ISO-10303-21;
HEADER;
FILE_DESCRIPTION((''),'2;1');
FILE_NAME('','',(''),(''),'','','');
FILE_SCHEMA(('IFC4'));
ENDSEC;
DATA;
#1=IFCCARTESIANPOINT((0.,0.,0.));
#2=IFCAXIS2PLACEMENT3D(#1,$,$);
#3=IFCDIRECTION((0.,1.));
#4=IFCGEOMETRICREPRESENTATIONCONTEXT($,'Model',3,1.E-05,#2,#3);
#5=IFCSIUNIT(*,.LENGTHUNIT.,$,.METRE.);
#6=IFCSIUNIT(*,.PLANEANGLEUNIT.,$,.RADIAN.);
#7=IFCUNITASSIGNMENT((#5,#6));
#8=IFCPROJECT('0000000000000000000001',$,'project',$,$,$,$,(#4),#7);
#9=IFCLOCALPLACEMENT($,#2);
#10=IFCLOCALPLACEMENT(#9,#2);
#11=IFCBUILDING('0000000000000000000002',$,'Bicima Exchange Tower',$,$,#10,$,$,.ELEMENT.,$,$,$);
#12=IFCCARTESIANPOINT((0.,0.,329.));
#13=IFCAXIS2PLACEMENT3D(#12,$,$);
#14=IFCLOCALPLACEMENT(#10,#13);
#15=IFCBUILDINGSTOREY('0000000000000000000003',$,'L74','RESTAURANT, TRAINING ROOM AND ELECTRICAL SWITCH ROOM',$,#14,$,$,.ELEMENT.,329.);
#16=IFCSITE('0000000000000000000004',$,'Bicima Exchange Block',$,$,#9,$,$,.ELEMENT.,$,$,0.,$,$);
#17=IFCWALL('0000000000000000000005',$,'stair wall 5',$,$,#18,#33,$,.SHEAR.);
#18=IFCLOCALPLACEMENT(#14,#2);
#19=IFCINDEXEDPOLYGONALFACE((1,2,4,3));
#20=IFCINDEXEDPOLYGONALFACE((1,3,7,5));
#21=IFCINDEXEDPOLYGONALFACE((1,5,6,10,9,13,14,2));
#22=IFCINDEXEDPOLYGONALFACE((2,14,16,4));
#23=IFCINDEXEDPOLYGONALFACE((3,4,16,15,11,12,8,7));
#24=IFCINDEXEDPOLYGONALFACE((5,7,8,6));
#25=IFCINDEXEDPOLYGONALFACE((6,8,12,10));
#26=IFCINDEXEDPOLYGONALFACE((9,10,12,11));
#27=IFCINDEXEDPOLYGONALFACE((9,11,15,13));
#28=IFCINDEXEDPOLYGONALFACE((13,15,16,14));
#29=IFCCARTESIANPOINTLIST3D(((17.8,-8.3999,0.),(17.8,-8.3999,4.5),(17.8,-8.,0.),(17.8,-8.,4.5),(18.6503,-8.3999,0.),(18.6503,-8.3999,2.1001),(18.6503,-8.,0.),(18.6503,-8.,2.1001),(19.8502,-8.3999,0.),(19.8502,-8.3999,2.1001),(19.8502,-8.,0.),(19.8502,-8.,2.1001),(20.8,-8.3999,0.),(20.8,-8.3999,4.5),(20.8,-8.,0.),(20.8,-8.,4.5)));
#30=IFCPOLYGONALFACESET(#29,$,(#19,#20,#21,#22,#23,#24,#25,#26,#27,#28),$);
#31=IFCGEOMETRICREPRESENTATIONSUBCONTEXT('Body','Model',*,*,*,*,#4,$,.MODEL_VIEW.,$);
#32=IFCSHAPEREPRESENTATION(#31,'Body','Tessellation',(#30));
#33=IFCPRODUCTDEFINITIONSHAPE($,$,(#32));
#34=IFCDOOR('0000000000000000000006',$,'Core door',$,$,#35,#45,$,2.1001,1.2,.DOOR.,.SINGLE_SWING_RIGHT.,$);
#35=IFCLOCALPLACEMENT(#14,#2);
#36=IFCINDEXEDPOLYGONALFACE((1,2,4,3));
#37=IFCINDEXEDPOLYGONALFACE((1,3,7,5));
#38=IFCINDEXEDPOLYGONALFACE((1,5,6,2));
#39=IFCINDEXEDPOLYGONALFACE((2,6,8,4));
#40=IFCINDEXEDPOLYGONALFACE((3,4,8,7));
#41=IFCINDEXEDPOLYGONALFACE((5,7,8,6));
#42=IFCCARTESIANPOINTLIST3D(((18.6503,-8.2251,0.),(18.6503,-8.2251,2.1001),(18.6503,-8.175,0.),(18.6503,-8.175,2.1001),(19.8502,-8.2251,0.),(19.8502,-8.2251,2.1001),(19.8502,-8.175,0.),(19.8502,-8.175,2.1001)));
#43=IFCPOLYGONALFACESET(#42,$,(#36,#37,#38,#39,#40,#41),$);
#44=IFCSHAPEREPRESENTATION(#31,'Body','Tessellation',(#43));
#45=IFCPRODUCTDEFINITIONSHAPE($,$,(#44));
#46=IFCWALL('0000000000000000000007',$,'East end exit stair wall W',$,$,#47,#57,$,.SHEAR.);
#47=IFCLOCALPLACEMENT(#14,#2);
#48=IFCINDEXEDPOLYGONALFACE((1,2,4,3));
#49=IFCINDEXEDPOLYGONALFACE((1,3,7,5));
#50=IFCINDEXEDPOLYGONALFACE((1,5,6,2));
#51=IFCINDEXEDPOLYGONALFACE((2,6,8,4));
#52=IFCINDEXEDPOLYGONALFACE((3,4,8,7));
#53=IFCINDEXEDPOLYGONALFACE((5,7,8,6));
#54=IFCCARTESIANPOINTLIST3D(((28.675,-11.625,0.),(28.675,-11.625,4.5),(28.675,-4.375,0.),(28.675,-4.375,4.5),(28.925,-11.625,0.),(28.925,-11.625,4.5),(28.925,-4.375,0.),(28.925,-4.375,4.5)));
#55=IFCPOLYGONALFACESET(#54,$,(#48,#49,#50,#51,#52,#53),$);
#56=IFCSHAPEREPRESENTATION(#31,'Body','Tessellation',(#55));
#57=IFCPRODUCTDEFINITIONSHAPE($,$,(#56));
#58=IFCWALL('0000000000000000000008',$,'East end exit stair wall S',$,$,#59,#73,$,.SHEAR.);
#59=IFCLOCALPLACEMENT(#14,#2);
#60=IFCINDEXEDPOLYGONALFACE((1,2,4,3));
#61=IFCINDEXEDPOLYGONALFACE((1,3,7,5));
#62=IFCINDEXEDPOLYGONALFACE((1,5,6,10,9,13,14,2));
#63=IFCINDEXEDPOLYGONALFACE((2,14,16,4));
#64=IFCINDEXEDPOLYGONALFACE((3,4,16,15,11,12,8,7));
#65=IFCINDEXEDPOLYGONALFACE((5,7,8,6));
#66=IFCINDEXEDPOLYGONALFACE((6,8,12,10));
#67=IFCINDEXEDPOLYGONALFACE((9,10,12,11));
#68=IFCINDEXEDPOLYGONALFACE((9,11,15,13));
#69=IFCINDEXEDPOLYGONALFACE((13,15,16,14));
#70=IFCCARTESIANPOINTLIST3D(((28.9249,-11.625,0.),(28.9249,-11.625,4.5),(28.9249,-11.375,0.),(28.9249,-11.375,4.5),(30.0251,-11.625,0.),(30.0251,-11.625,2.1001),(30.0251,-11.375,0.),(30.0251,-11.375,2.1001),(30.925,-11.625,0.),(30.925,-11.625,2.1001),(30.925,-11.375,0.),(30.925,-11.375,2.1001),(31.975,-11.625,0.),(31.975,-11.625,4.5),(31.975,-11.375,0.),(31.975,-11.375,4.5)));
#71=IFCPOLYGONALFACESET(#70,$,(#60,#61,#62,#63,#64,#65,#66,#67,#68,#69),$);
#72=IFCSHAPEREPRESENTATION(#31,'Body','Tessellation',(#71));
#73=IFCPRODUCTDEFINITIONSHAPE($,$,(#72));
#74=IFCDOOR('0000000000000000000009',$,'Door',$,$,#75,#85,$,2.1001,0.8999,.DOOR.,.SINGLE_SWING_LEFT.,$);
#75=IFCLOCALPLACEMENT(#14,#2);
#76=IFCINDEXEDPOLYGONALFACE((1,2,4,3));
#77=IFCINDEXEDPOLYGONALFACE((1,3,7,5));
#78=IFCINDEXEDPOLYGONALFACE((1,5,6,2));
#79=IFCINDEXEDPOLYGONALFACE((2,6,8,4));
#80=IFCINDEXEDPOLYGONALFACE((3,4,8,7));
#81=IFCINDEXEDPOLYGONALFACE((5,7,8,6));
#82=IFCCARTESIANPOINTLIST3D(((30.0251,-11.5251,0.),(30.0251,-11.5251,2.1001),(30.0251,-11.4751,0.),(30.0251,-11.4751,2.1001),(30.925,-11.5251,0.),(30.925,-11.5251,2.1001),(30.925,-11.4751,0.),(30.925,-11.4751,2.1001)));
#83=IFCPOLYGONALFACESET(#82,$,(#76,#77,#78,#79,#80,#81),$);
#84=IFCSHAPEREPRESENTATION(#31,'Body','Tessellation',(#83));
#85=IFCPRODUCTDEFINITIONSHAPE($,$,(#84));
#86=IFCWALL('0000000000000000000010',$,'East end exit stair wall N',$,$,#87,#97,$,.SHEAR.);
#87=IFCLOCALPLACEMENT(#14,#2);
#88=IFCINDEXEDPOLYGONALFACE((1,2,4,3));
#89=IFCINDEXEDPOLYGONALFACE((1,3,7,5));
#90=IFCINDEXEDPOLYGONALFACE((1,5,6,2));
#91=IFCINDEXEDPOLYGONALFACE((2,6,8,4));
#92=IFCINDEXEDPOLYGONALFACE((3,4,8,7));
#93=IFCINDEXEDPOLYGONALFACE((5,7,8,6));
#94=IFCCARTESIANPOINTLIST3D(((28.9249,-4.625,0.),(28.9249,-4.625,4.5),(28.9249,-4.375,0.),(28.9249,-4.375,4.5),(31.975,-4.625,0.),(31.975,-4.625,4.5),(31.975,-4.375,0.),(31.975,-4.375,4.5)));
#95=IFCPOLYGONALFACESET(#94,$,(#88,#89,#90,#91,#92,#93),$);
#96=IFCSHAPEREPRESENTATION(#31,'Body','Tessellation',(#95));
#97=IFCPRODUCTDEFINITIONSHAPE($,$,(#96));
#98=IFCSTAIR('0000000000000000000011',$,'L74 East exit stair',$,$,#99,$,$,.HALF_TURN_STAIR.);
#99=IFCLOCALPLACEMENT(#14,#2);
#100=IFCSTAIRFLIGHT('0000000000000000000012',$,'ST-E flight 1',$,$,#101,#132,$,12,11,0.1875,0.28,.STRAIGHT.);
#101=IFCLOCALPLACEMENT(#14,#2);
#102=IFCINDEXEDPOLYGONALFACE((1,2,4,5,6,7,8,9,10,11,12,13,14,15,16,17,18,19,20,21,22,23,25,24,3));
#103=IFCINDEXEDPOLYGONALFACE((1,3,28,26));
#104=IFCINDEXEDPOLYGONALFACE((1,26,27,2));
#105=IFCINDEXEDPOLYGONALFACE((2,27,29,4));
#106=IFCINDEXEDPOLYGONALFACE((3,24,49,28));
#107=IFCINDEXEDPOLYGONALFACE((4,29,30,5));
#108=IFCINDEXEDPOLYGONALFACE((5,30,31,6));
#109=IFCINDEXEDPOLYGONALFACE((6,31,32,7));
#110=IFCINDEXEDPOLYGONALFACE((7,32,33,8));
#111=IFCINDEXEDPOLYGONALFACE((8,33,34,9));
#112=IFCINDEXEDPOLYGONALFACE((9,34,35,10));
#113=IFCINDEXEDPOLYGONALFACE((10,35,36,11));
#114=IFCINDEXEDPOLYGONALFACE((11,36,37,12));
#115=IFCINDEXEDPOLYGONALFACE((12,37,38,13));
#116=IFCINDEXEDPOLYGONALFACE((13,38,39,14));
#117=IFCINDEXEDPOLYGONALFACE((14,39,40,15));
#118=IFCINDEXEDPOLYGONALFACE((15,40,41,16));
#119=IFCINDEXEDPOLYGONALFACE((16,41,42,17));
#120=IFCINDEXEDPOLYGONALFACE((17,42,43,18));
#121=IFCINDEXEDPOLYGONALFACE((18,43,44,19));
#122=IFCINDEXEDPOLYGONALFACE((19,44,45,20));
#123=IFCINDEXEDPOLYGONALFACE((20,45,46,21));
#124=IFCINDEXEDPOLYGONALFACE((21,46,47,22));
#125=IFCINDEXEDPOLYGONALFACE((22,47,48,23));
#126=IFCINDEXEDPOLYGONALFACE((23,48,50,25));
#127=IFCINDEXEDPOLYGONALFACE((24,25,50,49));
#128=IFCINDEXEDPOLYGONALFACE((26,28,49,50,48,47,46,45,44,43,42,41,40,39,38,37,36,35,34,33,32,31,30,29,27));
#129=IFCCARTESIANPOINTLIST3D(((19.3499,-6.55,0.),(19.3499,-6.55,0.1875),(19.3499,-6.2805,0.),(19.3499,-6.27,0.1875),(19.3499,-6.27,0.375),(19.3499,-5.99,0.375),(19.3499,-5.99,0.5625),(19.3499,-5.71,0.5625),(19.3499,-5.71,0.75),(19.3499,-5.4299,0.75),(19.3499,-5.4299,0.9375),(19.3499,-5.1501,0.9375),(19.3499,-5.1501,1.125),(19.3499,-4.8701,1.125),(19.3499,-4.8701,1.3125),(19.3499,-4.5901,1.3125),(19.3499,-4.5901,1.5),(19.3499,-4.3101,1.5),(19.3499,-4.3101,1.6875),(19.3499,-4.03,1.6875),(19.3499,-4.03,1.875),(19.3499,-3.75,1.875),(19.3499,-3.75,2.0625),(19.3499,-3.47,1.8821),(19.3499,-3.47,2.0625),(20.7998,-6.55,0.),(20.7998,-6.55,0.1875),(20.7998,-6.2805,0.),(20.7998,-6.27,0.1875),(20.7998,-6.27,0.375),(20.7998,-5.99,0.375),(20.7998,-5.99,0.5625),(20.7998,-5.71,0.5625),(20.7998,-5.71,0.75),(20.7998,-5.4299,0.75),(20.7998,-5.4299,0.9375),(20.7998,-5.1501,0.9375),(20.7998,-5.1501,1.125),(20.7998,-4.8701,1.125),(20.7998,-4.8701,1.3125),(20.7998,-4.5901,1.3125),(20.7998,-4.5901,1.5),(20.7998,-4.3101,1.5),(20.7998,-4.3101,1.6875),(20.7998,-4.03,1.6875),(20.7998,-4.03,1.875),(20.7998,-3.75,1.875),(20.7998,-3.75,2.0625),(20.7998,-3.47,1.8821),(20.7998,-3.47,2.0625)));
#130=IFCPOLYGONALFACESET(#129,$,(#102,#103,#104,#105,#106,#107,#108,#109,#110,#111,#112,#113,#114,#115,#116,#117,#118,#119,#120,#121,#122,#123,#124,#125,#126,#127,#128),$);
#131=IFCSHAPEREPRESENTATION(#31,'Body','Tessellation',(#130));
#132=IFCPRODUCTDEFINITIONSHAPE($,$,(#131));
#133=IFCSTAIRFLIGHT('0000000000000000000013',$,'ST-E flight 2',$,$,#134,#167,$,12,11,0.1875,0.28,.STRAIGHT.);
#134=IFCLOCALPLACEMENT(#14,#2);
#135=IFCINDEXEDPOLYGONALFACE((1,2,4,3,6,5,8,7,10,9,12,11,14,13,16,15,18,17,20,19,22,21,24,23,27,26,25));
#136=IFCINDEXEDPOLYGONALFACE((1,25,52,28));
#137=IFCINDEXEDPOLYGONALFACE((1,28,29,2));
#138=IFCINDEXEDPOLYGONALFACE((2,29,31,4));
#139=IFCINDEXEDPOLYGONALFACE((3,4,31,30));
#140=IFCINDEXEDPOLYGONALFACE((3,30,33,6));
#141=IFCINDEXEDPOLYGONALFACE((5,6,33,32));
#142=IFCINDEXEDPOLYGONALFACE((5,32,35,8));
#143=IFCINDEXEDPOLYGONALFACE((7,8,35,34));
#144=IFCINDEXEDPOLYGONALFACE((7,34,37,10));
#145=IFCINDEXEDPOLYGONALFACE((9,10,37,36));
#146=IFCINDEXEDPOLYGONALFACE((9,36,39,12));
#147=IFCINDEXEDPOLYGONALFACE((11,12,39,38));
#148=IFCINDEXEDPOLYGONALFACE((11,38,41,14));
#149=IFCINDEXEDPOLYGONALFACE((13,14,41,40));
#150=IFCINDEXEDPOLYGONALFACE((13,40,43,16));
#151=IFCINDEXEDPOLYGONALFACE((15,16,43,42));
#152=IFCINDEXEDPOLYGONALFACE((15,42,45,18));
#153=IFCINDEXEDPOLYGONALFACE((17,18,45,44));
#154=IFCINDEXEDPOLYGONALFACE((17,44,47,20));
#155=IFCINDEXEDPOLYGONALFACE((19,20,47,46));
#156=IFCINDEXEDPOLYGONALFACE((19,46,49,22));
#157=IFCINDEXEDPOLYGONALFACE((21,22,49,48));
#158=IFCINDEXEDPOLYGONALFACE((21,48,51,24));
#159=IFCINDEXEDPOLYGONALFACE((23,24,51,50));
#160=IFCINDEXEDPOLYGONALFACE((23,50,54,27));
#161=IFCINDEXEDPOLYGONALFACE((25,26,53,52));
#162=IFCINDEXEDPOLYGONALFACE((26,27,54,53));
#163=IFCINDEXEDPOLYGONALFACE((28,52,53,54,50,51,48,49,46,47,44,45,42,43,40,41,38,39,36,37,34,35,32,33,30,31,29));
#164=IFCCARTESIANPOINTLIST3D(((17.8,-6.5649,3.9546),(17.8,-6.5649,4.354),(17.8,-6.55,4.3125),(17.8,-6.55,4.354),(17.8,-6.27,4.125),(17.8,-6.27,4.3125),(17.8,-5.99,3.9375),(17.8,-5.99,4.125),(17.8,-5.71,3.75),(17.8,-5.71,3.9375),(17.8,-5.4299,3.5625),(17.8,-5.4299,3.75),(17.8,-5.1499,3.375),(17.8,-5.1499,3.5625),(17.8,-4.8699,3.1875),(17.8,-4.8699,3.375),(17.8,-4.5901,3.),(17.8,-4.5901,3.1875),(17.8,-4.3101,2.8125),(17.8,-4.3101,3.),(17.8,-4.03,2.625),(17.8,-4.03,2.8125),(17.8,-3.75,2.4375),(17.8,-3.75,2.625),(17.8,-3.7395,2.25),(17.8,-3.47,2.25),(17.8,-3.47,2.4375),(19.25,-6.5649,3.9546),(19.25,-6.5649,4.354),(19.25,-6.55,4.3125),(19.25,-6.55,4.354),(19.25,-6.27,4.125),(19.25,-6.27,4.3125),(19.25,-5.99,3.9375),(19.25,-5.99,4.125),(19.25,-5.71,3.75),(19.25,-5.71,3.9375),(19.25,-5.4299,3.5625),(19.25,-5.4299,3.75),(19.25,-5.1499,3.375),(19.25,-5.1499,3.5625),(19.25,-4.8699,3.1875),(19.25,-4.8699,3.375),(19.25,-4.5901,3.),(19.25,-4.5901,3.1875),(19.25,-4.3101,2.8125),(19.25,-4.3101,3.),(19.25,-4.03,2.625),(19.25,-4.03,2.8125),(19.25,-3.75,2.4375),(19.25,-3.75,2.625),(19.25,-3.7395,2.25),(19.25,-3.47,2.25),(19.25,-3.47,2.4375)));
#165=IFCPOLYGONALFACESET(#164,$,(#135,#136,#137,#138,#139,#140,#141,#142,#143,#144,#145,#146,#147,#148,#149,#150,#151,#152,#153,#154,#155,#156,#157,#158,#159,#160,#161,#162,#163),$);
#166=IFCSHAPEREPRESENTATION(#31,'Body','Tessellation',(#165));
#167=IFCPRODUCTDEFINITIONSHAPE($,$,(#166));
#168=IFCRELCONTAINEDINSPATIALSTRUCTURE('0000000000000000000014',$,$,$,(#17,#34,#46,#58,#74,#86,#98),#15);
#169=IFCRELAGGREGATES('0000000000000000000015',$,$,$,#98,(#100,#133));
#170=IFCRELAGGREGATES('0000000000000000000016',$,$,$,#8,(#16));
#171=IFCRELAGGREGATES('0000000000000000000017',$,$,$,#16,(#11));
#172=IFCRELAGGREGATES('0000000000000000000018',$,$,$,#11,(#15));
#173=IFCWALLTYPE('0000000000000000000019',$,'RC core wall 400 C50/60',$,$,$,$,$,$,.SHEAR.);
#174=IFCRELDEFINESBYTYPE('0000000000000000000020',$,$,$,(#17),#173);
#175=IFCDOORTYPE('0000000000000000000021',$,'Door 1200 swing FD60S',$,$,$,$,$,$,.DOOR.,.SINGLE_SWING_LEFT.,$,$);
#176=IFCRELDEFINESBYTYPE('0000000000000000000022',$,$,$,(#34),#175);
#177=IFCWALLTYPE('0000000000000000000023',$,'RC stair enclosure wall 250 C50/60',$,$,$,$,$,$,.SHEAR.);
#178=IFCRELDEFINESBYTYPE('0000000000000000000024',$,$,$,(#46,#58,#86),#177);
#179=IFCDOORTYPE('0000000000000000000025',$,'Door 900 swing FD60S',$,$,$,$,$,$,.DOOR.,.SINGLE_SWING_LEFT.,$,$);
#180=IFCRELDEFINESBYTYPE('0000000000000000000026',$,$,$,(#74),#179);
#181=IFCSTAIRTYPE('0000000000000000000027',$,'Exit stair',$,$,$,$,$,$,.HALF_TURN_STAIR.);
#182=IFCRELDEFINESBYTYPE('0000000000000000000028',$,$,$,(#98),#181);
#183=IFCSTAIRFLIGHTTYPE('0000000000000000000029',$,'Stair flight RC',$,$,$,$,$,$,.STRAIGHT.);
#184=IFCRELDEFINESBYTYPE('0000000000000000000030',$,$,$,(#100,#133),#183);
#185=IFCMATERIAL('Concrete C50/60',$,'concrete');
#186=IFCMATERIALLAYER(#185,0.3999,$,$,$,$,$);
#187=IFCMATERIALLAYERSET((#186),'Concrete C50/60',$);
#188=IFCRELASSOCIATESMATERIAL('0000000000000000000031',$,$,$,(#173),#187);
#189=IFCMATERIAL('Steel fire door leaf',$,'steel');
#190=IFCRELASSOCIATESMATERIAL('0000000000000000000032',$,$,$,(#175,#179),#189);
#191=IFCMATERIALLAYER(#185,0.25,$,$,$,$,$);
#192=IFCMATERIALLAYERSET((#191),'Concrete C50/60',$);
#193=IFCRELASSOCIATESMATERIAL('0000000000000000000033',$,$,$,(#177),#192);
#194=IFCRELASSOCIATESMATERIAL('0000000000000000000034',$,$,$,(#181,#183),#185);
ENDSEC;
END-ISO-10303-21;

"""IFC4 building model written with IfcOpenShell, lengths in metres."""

from ifc_helpers import new_model, si_unit, direction, frame, frame_2d, origin, place, context, subcontext, project, spatial, polyline, rectangle, outline, extrude, material, layer, layer_set, type_object, element, fill, aggregate, save


model = new_model("IFC4")

# Units and contexts
model_context = context("Model", 3, precision=1e-05, world=origin(), true_north=direction((0.0, 1.0)))
body_context = subcontext(model_context, "Body", "Model", "MODEL_VIEW")
ifc_project = project(units=[si_unit("LENGTHUNIT", "METRE"), si_unit("PLANEANGLEUNIT", "RADIAN")], contexts=[model_context])

# Site, building, storey
site_placement = place(None, origin())
site = spatial("IfcSite", under=ifc_project, at=site_placement, Name="Bicima Exchange Block", CompositionType="ELEMENT", RefElevation=0.0)
building_placement = place(site_placement, origin())
building = spatial("IfcBuilding", under=site, at=building_placement, Name="Bicima Exchange Tower", CompositionType="ELEMENT")
storey_placement = place(building_placement, frame((0.0, 0.0, 329.0)))
storey = spatial("IfcBuildingStorey", under=building, at=storey_placement, Name="L74", Description="RESTAURANT, TRAINING ROOM AND ELECTRICAL SWITCH ROOM", CompositionType="ELEMENT", Elevation=329.0)

# Wall, opening, door
ifc_material_1 = material(Name="Concrete C50/60", Category="concrete")
ifc_layer_1 = layer(ifc_material_1, 0.3999)
ifc_layer_set_1 = layer_set([ifc_layer_1], Name="Concrete C50/60")
wall_type_1 = type_object("IfcWallType", Name="RC core wall 400 C50/60", PredefinedType="SHEAR", material=ifc_layer_set_1)
wall_1_placement = place(storey_placement, frame((17.8, -8.2, 0.0), z_axis=(0.0, 0.0, 1.0), x_axis=(1.0, 0.0, 0.0)))
wall_1 = element("IfcWall", 1, at=wall_1_placement, inside=storey, type_object=wall_type_1, Name="stair wall 5", PredefinedType="SHEAR", context=body_context, shape_type="SweptSolid", body=[
    extrude(rectangle(XDim=3.0, YDim=0.3999, at=frame_2d((1.5, 0.0))), origin(), (0.0, 0.0, 1.0), 4.5),
])
opening_1_placement = place(wall_1_placement, frame((0.8501, 0.0, 0.0)))
opening_1 = element("IfcOpeningElement", 2, at=opening_1_placement, cuts=wall_1, PredefinedType="OPENING", context=body_context, shape_type="SweptSolid", body=[
    extrude(rectangle(XDim=1.2, YDim=2.1001, at=frame_2d((0.6001, 1.05))), frame((0.0, 0.2119, 0.0), z_axis=(0.0, -1.0, 0.0), x_axis=(1.0, 0.0, 0.0)), (0.0, 0.0, 1.0), 0.4238),
])
ifc_material_2 = material(Name="Steel fire door leaf", Category="steel")
door_type_1 = type_object("IfcDoorType", Name="Door 1200 swing FD60S", OperationType="SINGLE_SWING_LEFT", PredefinedType="DOOR", material=ifc_material_2)
door_1_placement = place(opening_1_placement, origin())
door_1 = element("IfcDoor", 3, at=door_1_placement, inside=storey, type_object=door_type_1, Name="Core door", OperationType="SINGLE_SWING_RIGHT", OverallHeight=2.1001, OverallWidth=1.2, PredefinedType="DOOR", context=body_context, shape_type="SweptSolid", body=[
    extrude(rectangle(XDim=1.2, YDim=2.1001, at=frame_2d((0.6001, 1.05))), frame((0.0, 0.0249, 0.0), z_axis=(0.0, -1.0, 0.0), x_axis=(1.0, 0.0, 0.0)), (0.0, 0.0, 1.0), 0.05),
])
fill(opening_1, door_1)

# Wall
ifc_layer_2 = layer(ifc_material_1, 0.25)
ifc_layer_set_2 = layer_set([ifc_layer_2], Name="Concrete C50/60")
wall_type_2 = type_object("IfcWallType", Name="RC stair enclosure wall 250 C50/60", PredefinedType="SHEAR", material=ifc_layer_set_2)
wall_2_placement = place(storey_placement, frame((28.8, -11.625, 0.0), z_axis=(0.0, 0.0, 1.0), x_axis=(0.0, 1.0, 0.0)))
element("IfcWall", 4, at=wall_2_placement, inside=storey, type_object=wall_type_2, Name="East end exit stair wall W", PredefinedType="SHEAR", context=body_context, shape_type="SweptSolid", body=[
    extrude(rectangle(XDim=7.25, YDim=0.25, at=frame_2d((3.625, 0.0))), origin(), (0.0, 0.0, 1.0), 4.5),
])

# Wall, opening, door
wall_3_placement = place(storey_placement, frame((28.925, -11.5, 0.0), z_axis=(0.0, 0.0, 1.0), x_axis=(1.0, 0.0, 0.0)))
wall_3 = element("IfcWall", 5, at=wall_3_placement, inside=storey, type_object=wall_type_2, Name="East end exit stair wall S", PredefinedType="SHEAR", context=body_context, shape_type="SweptSolid", body=[
    extrude(rectangle(XDim=3.05, YDim=0.25, at=frame_2d((1.5249, 0.0))), origin(), (0.0, 0.0, 1.0), 4.5),
])
opening_2_placement = place(wall_3_placement, frame((1.1001, 0.0, 0.0)))
opening_2 = element("IfcOpeningElement", 6, at=opening_2_placement, cuts=wall_3, PredefinedType="OPENING", context=body_context, shape_type="SweptSolid", body=[
    extrude(rectangle(XDim=0.8999, YDim=2.1001, at=frame_2d((0.45, 1.05))), frame((0.0, 0.137, 0.0), z_axis=(0.0, -1.0, 0.0), x_axis=(1.0, 0.0, 0.0)), (0.0, 0.0, 1.0), 0.2739),
])
door_type_2 = type_object("IfcDoorType", Name="Door 900 swing FD60S", OperationType="SINGLE_SWING_LEFT", PredefinedType="DOOR", material=ifc_material_2)
door_2_placement = place(opening_2_placement, origin())
door_2 = element("IfcDoor", 7, at=door_2_placement, inside=storey, type_object=door_type_2, Name="Door", OperationType="SINGLE_SWING_LEFT", OverallHeight=2.1001, OverallWidth=0.8999, PredefinedType="DOOR", context=body_context, shape_type="SweptSolid", body=[
    extrude(rectangle(XDim=0.8999, YDim=2.1001, at=frame_2d((0.45, 1.05))), frame((0.0, 0.0249, 0.0), z_axis=(0.0, -1.0, 0.0), x_axis=(1.0, 0.0, 0.0)), (0.0, 0.0, 1.0), 0.05),
])
fill(opening_2, door_2)

# Wall
wall_4_placement = place(storey_placement, frame((28.925, -4.5, 0.0), z_axis=(0.0, 0.0, 1.0), x_axis=(1.0, 0.0, 0.0)))
element("IfcWall", 8, at=wall_4_placement, inside=storey, type_object=wall_type_2, Name="East end exit stair wall N", PredefinedType="SHEAR", context=body_context, shape_type="SweptSolid", body=[
    extrude(rectangle(XDim=3.05, YDim=0.25, at=frame_2d((1.5249, 0.0))), origin(), (0.0, 0.0, 1.0), 4.5),
])

# Stair, stair flights
stair_type = type_object("IfcStairType", Name="Exit stair", PredefinedType="HALF_TURN_STAIR", material=ifc_material_1)
stair_placement = place(storey_placement, origin())
stair = element("IfcStair", 9, at=stair_placement, inside=storey, type_object=stair_type, Name="L74 East exit stair", PredefinedType="HALF_TURN_STAIR")
stair_flight_type = type_object("IfcStairFlightType", Name="Stair flight RC", PredefinedType="STRAIGHT", material=ifc_material_1)
stair_flight_1_placement = place(storey_placement, frame((20.075, -6.55, 0.0), z_axis=(0.0, 0.0, 1.0), x_axis=(0.0, 1.0, 0.0)))
stair_flight_1 = element("IfcStairFlight", 10, at=stair_flight_1_placement, type_object=stair_flight_type, Name="ST-E flight 1", NumberOfRisers=12, NumberOfTreads=11, PredefinedType="STRAIGHT", RiserHeight=0.1875, TreadLength=0.28, context=body_context, shape_type="SweptSolid", body=[
    extrude(outline(polyline([(0.0, 0.0), (0.0, 0.1875), (0.28, 0.1875), (0.28, 0.375), (0.5601, 0.375), (0.5601, 0.5625), (0.8401, 0.5625), (0.8401, 0.75), (1.1201, 0.75), (1.1201, 0.9375), (1.3999, 0.9375), (1.3999, 1.125), (1.6799, 1.125), (1.6799, 1.3125), (1.96, 1.3125), (1.96, 1.5), (2.24, 1.5), (2.24, 1.6875), (2.52, 1.6875), (2.52, 1.875), (2.8, 1.875), (2.8, 2.0625), (3.0801, 2.0625), (3.0801, 2.25), (3.0801, 1.8821), (0.2695, 0.0), (0.0, 0.0)])), frame((0.0, 0.7251, 0.0), z_axis=(0.0, -1.0, 0.0), x_axis=(1.0, 0.0, 0.0)), (0.0, 0.0, 1.0), 1.45),
])
stair_flight_2_placement = place(storey_placement, frame((18.5249, -3.47, 2.25), z_axis=(0.0, 0.0, 1.0), x_axis=(0.0, -1.0, 0.0)))
stair_flight_2 = element("IfcStairFlight", 11, at=stair_flight_2_placement, type_object=stair_flight_type, Name="ST-E flight 2", NumberOfRisers=12, NumberOfTreads=11, PredefinedType="STRAIGHT", RiserHeight=0.1875, TreadLength=0.28, context=body_context, shape_type="SweptSolid", body=[
    extrude(outline(polyline([(0.0, 0.0), (0.0, 0.1875), (0.28, 0.1875), (0.28, 0.375), (0.5601, 0.375), (0.5601, 0.5625), (0.8401, 0.5625), (0.8401, 0.75), (1.1201, 0.75), (1.1201, 0.9375), (1.3999, 0.9375), (1.3999, 1.125), (1.6799, 1.125), (1.6799, 1.3125), (1.96, 1.3125), (1.96, 1.5), (2.24, 1.5), (2.24, 1.6875), (2.52, 1.6875), (2.52, 1.875), (2.8, 1.875), (2.8, 2.0625), (3.0801, 2.0625), (3.0801, 2.104), (3.095, 2.104), (3.095, 1.7046), (0.2695, 0.0), (0.0, 0.0)])), frame((0.0, 0.7251, 0.0), z_axis=(0.0, -1.0, 0.0), x_axis=(1.0, 0.0, 0.0)), (0.0, 0.0, 1.0), 1.45),
])
aggregate(stair, [stair_flight_1, stair_flight_2])

save(model, "model.ifc")
